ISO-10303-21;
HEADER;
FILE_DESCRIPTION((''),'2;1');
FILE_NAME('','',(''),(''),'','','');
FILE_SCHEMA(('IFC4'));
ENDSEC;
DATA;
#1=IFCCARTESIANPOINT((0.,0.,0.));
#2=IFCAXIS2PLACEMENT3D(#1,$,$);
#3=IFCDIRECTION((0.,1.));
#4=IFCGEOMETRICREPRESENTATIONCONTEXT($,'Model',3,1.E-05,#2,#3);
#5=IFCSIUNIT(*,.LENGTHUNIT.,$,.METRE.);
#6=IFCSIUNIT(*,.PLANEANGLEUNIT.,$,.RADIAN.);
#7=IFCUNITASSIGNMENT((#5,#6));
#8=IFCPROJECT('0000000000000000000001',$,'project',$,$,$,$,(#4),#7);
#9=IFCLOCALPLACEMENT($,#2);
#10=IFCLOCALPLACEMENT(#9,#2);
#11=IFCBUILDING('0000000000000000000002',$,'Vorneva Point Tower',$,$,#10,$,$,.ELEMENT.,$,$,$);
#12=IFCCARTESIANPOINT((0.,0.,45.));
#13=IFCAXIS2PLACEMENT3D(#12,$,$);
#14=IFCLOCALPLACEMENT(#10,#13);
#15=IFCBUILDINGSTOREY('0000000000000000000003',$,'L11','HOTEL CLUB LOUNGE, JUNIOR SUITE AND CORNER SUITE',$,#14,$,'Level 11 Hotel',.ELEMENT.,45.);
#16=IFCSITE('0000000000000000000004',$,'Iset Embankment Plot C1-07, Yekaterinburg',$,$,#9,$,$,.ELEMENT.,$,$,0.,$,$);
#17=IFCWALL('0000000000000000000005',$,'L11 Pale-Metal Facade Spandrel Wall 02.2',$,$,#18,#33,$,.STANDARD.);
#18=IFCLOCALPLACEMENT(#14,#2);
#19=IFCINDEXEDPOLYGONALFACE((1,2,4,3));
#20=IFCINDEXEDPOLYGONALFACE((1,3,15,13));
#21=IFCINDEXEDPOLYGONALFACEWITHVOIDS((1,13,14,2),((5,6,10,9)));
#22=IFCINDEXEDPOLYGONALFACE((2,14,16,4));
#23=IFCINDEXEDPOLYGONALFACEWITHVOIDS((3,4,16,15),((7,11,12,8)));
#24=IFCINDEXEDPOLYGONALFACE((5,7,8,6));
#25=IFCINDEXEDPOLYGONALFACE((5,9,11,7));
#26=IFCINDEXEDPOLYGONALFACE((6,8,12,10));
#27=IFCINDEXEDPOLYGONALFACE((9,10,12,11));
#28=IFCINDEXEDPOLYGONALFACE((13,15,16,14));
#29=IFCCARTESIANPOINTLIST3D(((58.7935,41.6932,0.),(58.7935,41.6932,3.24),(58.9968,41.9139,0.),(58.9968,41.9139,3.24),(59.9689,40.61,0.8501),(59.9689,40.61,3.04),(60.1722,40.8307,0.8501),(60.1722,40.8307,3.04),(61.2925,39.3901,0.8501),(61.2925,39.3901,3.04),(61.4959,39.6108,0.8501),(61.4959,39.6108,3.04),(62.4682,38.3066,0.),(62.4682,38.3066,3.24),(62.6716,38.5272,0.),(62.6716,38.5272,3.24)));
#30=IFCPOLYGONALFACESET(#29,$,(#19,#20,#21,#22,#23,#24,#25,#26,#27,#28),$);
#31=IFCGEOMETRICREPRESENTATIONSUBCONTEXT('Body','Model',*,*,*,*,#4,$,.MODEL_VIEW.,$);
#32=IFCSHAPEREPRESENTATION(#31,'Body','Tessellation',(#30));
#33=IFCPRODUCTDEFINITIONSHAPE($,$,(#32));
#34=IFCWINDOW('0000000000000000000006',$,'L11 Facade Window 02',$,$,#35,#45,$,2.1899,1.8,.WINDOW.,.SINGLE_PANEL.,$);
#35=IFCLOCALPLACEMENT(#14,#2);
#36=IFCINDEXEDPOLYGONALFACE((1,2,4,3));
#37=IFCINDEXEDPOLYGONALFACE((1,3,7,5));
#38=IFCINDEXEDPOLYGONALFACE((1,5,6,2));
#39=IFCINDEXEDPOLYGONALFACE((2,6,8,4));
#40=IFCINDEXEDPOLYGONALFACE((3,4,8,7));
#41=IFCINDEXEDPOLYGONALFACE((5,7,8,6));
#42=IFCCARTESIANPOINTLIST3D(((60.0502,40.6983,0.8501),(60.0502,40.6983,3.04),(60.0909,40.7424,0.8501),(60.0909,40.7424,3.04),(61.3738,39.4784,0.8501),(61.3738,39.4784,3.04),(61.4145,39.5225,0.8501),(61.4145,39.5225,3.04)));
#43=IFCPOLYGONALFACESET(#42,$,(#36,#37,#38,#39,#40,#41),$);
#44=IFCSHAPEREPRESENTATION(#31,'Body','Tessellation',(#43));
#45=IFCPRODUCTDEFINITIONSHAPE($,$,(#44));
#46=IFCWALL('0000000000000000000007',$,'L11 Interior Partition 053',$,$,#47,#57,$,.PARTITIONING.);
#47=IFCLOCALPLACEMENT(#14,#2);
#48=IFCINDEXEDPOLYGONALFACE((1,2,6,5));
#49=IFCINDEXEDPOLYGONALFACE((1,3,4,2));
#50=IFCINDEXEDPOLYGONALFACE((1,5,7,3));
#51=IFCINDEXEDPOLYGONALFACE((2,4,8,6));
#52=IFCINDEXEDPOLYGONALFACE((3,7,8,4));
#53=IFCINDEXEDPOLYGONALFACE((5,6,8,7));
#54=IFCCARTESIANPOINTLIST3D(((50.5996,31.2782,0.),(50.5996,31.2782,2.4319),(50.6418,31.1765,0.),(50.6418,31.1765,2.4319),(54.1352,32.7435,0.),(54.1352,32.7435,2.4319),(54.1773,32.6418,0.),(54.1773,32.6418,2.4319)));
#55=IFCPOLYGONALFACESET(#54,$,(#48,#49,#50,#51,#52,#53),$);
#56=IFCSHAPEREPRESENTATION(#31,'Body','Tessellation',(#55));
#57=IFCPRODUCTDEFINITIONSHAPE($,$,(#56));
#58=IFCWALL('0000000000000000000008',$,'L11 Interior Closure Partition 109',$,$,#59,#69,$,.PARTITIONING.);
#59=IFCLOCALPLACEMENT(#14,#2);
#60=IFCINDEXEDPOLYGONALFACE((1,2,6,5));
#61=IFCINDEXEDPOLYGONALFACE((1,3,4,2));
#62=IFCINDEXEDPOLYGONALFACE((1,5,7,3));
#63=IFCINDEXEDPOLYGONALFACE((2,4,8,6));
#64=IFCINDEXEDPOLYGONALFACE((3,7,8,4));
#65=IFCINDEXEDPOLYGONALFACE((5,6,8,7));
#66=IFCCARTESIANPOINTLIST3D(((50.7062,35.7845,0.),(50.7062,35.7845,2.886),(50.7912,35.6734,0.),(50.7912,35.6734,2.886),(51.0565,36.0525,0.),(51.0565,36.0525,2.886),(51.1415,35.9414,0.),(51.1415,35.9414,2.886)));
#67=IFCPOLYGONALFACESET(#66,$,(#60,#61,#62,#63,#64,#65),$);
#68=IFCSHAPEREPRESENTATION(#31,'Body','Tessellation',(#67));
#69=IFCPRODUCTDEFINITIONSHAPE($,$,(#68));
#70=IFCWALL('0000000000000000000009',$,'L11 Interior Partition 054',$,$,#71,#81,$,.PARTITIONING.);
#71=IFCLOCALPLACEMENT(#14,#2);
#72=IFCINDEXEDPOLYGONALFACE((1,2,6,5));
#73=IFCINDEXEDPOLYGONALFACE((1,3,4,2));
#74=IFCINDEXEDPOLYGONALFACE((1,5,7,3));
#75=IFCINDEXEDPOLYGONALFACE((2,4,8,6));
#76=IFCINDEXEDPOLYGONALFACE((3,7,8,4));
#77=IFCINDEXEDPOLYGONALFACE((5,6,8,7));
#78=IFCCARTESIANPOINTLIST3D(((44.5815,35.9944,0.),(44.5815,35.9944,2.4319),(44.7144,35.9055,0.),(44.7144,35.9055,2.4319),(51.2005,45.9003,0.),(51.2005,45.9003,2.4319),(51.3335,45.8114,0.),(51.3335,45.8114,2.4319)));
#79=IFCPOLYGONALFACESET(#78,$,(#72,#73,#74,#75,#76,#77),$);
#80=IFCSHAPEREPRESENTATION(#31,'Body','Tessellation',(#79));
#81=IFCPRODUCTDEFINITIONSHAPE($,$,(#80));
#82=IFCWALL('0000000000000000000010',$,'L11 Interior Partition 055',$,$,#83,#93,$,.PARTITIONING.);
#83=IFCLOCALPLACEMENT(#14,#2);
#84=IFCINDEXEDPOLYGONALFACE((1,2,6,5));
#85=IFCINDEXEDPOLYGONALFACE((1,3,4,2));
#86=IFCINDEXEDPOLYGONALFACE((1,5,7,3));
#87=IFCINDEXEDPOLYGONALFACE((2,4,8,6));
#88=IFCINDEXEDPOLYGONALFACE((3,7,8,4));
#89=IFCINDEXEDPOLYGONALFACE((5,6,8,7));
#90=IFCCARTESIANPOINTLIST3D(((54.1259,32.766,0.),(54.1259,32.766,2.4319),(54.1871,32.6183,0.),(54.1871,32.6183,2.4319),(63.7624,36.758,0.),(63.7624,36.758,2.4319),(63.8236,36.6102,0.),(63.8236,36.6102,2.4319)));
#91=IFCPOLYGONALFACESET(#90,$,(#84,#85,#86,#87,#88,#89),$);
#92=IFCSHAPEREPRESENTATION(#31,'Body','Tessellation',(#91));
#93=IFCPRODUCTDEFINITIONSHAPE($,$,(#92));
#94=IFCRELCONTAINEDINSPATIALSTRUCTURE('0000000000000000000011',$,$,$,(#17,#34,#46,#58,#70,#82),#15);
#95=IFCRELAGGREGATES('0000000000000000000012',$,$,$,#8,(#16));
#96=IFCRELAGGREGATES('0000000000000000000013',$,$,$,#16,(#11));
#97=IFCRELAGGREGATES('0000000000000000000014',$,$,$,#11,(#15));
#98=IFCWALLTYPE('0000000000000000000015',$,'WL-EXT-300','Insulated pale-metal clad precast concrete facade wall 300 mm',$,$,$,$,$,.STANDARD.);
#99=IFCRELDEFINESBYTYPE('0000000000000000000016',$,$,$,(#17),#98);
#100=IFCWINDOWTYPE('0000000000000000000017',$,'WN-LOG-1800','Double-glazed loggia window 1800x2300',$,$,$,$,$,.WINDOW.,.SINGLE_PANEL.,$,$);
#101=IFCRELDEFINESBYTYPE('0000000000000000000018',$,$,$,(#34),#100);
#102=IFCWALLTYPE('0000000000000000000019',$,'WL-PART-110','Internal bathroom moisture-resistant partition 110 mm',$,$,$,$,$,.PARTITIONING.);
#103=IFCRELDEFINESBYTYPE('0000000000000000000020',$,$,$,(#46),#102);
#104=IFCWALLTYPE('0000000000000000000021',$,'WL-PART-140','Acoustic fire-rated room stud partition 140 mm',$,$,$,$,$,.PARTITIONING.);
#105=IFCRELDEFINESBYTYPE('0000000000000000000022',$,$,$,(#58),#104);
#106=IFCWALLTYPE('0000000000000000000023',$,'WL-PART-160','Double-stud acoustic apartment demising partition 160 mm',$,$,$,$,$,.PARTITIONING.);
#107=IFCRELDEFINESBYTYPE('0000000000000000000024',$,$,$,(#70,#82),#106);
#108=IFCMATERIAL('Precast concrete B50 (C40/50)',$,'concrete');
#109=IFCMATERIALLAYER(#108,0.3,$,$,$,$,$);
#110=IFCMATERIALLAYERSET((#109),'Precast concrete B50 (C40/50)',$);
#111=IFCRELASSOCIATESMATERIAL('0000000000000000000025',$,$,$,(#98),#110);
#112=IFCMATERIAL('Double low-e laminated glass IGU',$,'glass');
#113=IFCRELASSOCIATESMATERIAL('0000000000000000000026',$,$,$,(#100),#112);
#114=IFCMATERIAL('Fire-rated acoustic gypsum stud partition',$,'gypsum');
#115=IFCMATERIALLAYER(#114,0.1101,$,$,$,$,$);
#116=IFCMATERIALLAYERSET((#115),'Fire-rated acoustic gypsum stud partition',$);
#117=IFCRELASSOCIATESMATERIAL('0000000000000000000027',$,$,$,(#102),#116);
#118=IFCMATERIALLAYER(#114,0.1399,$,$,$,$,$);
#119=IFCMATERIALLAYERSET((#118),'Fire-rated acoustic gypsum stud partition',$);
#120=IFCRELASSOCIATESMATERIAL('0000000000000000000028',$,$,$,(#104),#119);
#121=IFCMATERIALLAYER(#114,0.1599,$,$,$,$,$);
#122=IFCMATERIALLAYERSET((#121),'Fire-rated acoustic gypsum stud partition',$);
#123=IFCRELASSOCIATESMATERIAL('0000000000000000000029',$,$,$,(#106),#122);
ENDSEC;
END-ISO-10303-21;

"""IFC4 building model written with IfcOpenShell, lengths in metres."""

from ifc_helpers import new_model, si_unit, direction, frame, frame_2d, origin, place, context, subcontext, project, spatial, rectangle, extrude, material, layer, layer_set, type_object, element, fill, save


model = new_model("IFC4")

# Units and contexts
model_context = context("Model", 3, precision=1e-05, world=origin(), true_north=direction((0.0, 1.0)))
body_context = subcontext(model_context, "Body", "Model", "MODEL_VIEW")
ifc_project = project(units=[si_unit("LENGTHUNIT", "METRE"), si_unit("PLANEANGLEUNIT", "RADIAN")], contexts=[model_context])

# Site, building, storey
site_placement = place(None, origin())
site = spatial("IfcSite", under=ifc_project, at=site_placement, Name="Iset Embankment Plot C1-07, Yekaterinburg", CompositionType="ELEMENT", RefElevation=0.0)
building_placement = place(site_placement, origin())
building = spatial("IfcBuilding", under=site, at=building_placement, Name="Vorneva Point Tower", CompositionType="ELEMENT")
storey_placement = place(building_placement, frame((0.0, 0.0, 45.0)))
storey = spatial("IfcBuildingStorey", under=building, at=storey_placement, Name="L11", Description="HOTEL CLUB LOUNGE, JUNIOR SUITE AND CORNER SUITE", LongName="Level 11 Hotel", CompositionType="ELEMENT", Elevation=45.0)

# Shared definitions
ifc_material_1 = material(Name="Double low-e laminated glass IGU", Category="glass")

# Shared definitions
ifc_material_2 = material(Name="Precast concrete B50 (C40/50)", Category="concrete")
ifc_layer_1 = layer(ifc_material_2, 0.3)
ifc_layer_set_1 = layer_set([ifc_layer_1], Name="Precast concrete B50 (C40/50)")
wall_type_1 = type_object("IfcWallType", Name="WL-EXT-300", Description="Insulated pale-metal clad precast concrete facade wall 300 mm", PredefinedType="STANDARD", material=ifc_layer_set_1)

# Wall, opening, window
wall_1_placement = place(storey_placement, frame((62.5698, 38.417, 0.0), z_axis=(0.0, 0.0, 1.0), x_axis=(-0.735343, 0.677696, 0.0)))
wall_1 = element("IfcWall", 1, at=wall_1_placement, inside=storey, type_object=wall_type_1, Name="L11 Pale-Metal Facade Spandrel Wall 02.2", PredefinedType="STANDARD", context=body_context, shape_type="SweptSolid", body=[
    extrude(rectangle(XDim=4.9973, YDim=0.3, at=frame_2d((2.4985, 0.0))), origin(), (0.0, 0.0, 1.0), 3.24),
])
opening_placement = place(wall_1_placement, frame((1.5989, 0.0, 0.8501)))
opening = element("IfcOpeningElement", 2, at=opening_placement, cuts=wall_1, PredefinedType="OPENING", context=body_context, shape_type="SweptSolid", body=[
    extrude(rectangle(XDim=1.8, YDim=2.1899, at=frame_2d((0.8999, 1.095))), frame((0.0, 0.165, 0.0), z_axis=(0.0, -1.0, 0.0), x_axis=(1.0, 0.0, 0.0)), (0.0, 0.0, 1.0), 0.3298),
])
window_type = type_object("IfcWindowType", Name="WN-LOG-1800", Description="Double-glazed loggia window 1800x2300", PartitioningType="SINGLE_PANEL", PredefinedType="WINDOW", material=ifc_material_1)
window_placement = place(opening_placement, origin())
window = element("IfcWindow", 3, at=window_placement, inside=storey, type_object=window_type, Name="L11 Facade Window 02", OverallHeight=2.1899, OverallWidth=1.8, PartitioningType="SINGLE_PANEL", PredefinedType="WINDOW", context=body_context, shape_type="SweptSolid", body=[
    extrude(rectangle(XDim=1.8, YDim=2.1899, at=frame_2d((0.8999, 1.095))), frame((0.0, 0.03, 0.0), z_axis=(0.0, -1.0, 0.0), x_axis=(1.0, 0.0, 0.0)), (0.0, 0.0, 1.0), 0.0601),
])
fill(opening, window)

# Walls
ifc_material_3 = material(Name="Fire-rated acoustic gypsum stud partition", Category="gypsum")
ifc_layer_2 = layer(ifc_material_3, 0.1101)
ifc_layer_set_2 = layer_set([ifc_layer_2], Name="Fire-rated acoustic gypsum stud partition")
wall_type_2 = type_object("IfcWallType", Name="WL-PART-110", Description="Internal bathroom moisture-resistant partition 110 mm", PredefinedType="PARTITIONING", material=ifc_layer_set_2)
wall_2_placement = place(storey_placement, frame((54.1562, 32.6926, 0.0), z_axis=(0.0, 0.0, 1.0), x_axis=(-0.923804, -0.382866, 0.0)))
element("IfcWall", 4, at=wall_2_placement, inside=storey, type_object=wall_type_2, Name="L11 Interior Partition 053", PredefinedType="PARTITIONING", context=body_context, shape_type="SweptSolid", body=[
    extrude(rectangle(XDim=3.8271, YDim=0.1101, at=frame_2d((1.9136, 0.0))), origin(), (0.0, 0.0, 1.0), 2.4319),
])
ifc_layer_3 = layer(ifc_material_3, 0.1399)
ifc_layer_set_3 = layer_set([ifc_layer_3], Name="Fire-rated acoustic gypsum stud partition")
wall_type_3 = type_object("IfcWallType", Name="WL-PART-140", Description="Acoustic fire-rated room stud partition 140 mm", PredefinedType="PARTITIONING", material=ifc_layer_set_3)
wall_3_placement = place(storey_placement, frame((51.0991, 35.9971, 0.0), z_axis=(0.0, 0.0, 1.0), x_axis=(-0.794185, -0.607676, 0.0)))
element("IfcWall", 5, at=wall_3_placement, inside=storey, type_object=wall_type_3, Name="L11 Interior Closure Partition 109", PredefinedType="PARTITIONING", context=body_context, shape_type="SweptSolid", body=[
    extrude(rectangle(XDim=0.4412, YDim=0.1399, at=frame_2d((0.2207, 0.0))), origin(), (0.0, 0.0, 1.0), 2.886),
])
ifc_layer_4 = layer(ifc_material_3, 0.1599)
ifc_layer_set_4 = layer_set([ifc_layer_4], Name="Fire-rated acoustic gypsum stud partition")
wall_type_4 = type_object("IfcWallType", Name="WL-PART-160", Description="Double-stud acoustic apartment demising partition 160 mm", PredefinedType="PARTITIONING", material=ifc_layer_set_4)
wall_4_placement = place(storey_placement, frame((51.2671, 45.856, 0.0), z_axis=(0.0, 0.0, 1.0), x_axis=(-0.555579, -0.831463, 0.0)))
element("IfcWall", 6, at=wall_4_placement, inside=storey, type_object=wall_type_4, Name="L11 Interior Partition 054", PredefinedType="PARTITIONING", context=body_context, shape_type="SweptSolid", body=[
    extrude(rectangle(XDim=11.9138, YDim=0.1599, at=frame_2d((5.957, 0.0))), origin(), (0.0, 0.0, 1.0), 2.4319),
])
wall_5_placement = place(storey_placement, frame((54.1565, 32.6921, 0.0), z_axis=(0.0, 0.0, 1.0), x_axis=(0.923866, 0.382715, 0.0)))
element("IfcWall", 7, at=wall_5_placement, inside=storey, type_object=wall_type_4, Name="L11 Interior Partition 055", PredefinedType="PARTITIONING", context=body_context, shape_type="SweptSolid", body=[
    extrude(rectangle(XDim=10.4307, YDim=0.1599, at=frame_2d((5.2153, 0.0))), origin(), (0.0, 0.0, 1.0), 2.4319),
])

save(model, "model.ifc")
